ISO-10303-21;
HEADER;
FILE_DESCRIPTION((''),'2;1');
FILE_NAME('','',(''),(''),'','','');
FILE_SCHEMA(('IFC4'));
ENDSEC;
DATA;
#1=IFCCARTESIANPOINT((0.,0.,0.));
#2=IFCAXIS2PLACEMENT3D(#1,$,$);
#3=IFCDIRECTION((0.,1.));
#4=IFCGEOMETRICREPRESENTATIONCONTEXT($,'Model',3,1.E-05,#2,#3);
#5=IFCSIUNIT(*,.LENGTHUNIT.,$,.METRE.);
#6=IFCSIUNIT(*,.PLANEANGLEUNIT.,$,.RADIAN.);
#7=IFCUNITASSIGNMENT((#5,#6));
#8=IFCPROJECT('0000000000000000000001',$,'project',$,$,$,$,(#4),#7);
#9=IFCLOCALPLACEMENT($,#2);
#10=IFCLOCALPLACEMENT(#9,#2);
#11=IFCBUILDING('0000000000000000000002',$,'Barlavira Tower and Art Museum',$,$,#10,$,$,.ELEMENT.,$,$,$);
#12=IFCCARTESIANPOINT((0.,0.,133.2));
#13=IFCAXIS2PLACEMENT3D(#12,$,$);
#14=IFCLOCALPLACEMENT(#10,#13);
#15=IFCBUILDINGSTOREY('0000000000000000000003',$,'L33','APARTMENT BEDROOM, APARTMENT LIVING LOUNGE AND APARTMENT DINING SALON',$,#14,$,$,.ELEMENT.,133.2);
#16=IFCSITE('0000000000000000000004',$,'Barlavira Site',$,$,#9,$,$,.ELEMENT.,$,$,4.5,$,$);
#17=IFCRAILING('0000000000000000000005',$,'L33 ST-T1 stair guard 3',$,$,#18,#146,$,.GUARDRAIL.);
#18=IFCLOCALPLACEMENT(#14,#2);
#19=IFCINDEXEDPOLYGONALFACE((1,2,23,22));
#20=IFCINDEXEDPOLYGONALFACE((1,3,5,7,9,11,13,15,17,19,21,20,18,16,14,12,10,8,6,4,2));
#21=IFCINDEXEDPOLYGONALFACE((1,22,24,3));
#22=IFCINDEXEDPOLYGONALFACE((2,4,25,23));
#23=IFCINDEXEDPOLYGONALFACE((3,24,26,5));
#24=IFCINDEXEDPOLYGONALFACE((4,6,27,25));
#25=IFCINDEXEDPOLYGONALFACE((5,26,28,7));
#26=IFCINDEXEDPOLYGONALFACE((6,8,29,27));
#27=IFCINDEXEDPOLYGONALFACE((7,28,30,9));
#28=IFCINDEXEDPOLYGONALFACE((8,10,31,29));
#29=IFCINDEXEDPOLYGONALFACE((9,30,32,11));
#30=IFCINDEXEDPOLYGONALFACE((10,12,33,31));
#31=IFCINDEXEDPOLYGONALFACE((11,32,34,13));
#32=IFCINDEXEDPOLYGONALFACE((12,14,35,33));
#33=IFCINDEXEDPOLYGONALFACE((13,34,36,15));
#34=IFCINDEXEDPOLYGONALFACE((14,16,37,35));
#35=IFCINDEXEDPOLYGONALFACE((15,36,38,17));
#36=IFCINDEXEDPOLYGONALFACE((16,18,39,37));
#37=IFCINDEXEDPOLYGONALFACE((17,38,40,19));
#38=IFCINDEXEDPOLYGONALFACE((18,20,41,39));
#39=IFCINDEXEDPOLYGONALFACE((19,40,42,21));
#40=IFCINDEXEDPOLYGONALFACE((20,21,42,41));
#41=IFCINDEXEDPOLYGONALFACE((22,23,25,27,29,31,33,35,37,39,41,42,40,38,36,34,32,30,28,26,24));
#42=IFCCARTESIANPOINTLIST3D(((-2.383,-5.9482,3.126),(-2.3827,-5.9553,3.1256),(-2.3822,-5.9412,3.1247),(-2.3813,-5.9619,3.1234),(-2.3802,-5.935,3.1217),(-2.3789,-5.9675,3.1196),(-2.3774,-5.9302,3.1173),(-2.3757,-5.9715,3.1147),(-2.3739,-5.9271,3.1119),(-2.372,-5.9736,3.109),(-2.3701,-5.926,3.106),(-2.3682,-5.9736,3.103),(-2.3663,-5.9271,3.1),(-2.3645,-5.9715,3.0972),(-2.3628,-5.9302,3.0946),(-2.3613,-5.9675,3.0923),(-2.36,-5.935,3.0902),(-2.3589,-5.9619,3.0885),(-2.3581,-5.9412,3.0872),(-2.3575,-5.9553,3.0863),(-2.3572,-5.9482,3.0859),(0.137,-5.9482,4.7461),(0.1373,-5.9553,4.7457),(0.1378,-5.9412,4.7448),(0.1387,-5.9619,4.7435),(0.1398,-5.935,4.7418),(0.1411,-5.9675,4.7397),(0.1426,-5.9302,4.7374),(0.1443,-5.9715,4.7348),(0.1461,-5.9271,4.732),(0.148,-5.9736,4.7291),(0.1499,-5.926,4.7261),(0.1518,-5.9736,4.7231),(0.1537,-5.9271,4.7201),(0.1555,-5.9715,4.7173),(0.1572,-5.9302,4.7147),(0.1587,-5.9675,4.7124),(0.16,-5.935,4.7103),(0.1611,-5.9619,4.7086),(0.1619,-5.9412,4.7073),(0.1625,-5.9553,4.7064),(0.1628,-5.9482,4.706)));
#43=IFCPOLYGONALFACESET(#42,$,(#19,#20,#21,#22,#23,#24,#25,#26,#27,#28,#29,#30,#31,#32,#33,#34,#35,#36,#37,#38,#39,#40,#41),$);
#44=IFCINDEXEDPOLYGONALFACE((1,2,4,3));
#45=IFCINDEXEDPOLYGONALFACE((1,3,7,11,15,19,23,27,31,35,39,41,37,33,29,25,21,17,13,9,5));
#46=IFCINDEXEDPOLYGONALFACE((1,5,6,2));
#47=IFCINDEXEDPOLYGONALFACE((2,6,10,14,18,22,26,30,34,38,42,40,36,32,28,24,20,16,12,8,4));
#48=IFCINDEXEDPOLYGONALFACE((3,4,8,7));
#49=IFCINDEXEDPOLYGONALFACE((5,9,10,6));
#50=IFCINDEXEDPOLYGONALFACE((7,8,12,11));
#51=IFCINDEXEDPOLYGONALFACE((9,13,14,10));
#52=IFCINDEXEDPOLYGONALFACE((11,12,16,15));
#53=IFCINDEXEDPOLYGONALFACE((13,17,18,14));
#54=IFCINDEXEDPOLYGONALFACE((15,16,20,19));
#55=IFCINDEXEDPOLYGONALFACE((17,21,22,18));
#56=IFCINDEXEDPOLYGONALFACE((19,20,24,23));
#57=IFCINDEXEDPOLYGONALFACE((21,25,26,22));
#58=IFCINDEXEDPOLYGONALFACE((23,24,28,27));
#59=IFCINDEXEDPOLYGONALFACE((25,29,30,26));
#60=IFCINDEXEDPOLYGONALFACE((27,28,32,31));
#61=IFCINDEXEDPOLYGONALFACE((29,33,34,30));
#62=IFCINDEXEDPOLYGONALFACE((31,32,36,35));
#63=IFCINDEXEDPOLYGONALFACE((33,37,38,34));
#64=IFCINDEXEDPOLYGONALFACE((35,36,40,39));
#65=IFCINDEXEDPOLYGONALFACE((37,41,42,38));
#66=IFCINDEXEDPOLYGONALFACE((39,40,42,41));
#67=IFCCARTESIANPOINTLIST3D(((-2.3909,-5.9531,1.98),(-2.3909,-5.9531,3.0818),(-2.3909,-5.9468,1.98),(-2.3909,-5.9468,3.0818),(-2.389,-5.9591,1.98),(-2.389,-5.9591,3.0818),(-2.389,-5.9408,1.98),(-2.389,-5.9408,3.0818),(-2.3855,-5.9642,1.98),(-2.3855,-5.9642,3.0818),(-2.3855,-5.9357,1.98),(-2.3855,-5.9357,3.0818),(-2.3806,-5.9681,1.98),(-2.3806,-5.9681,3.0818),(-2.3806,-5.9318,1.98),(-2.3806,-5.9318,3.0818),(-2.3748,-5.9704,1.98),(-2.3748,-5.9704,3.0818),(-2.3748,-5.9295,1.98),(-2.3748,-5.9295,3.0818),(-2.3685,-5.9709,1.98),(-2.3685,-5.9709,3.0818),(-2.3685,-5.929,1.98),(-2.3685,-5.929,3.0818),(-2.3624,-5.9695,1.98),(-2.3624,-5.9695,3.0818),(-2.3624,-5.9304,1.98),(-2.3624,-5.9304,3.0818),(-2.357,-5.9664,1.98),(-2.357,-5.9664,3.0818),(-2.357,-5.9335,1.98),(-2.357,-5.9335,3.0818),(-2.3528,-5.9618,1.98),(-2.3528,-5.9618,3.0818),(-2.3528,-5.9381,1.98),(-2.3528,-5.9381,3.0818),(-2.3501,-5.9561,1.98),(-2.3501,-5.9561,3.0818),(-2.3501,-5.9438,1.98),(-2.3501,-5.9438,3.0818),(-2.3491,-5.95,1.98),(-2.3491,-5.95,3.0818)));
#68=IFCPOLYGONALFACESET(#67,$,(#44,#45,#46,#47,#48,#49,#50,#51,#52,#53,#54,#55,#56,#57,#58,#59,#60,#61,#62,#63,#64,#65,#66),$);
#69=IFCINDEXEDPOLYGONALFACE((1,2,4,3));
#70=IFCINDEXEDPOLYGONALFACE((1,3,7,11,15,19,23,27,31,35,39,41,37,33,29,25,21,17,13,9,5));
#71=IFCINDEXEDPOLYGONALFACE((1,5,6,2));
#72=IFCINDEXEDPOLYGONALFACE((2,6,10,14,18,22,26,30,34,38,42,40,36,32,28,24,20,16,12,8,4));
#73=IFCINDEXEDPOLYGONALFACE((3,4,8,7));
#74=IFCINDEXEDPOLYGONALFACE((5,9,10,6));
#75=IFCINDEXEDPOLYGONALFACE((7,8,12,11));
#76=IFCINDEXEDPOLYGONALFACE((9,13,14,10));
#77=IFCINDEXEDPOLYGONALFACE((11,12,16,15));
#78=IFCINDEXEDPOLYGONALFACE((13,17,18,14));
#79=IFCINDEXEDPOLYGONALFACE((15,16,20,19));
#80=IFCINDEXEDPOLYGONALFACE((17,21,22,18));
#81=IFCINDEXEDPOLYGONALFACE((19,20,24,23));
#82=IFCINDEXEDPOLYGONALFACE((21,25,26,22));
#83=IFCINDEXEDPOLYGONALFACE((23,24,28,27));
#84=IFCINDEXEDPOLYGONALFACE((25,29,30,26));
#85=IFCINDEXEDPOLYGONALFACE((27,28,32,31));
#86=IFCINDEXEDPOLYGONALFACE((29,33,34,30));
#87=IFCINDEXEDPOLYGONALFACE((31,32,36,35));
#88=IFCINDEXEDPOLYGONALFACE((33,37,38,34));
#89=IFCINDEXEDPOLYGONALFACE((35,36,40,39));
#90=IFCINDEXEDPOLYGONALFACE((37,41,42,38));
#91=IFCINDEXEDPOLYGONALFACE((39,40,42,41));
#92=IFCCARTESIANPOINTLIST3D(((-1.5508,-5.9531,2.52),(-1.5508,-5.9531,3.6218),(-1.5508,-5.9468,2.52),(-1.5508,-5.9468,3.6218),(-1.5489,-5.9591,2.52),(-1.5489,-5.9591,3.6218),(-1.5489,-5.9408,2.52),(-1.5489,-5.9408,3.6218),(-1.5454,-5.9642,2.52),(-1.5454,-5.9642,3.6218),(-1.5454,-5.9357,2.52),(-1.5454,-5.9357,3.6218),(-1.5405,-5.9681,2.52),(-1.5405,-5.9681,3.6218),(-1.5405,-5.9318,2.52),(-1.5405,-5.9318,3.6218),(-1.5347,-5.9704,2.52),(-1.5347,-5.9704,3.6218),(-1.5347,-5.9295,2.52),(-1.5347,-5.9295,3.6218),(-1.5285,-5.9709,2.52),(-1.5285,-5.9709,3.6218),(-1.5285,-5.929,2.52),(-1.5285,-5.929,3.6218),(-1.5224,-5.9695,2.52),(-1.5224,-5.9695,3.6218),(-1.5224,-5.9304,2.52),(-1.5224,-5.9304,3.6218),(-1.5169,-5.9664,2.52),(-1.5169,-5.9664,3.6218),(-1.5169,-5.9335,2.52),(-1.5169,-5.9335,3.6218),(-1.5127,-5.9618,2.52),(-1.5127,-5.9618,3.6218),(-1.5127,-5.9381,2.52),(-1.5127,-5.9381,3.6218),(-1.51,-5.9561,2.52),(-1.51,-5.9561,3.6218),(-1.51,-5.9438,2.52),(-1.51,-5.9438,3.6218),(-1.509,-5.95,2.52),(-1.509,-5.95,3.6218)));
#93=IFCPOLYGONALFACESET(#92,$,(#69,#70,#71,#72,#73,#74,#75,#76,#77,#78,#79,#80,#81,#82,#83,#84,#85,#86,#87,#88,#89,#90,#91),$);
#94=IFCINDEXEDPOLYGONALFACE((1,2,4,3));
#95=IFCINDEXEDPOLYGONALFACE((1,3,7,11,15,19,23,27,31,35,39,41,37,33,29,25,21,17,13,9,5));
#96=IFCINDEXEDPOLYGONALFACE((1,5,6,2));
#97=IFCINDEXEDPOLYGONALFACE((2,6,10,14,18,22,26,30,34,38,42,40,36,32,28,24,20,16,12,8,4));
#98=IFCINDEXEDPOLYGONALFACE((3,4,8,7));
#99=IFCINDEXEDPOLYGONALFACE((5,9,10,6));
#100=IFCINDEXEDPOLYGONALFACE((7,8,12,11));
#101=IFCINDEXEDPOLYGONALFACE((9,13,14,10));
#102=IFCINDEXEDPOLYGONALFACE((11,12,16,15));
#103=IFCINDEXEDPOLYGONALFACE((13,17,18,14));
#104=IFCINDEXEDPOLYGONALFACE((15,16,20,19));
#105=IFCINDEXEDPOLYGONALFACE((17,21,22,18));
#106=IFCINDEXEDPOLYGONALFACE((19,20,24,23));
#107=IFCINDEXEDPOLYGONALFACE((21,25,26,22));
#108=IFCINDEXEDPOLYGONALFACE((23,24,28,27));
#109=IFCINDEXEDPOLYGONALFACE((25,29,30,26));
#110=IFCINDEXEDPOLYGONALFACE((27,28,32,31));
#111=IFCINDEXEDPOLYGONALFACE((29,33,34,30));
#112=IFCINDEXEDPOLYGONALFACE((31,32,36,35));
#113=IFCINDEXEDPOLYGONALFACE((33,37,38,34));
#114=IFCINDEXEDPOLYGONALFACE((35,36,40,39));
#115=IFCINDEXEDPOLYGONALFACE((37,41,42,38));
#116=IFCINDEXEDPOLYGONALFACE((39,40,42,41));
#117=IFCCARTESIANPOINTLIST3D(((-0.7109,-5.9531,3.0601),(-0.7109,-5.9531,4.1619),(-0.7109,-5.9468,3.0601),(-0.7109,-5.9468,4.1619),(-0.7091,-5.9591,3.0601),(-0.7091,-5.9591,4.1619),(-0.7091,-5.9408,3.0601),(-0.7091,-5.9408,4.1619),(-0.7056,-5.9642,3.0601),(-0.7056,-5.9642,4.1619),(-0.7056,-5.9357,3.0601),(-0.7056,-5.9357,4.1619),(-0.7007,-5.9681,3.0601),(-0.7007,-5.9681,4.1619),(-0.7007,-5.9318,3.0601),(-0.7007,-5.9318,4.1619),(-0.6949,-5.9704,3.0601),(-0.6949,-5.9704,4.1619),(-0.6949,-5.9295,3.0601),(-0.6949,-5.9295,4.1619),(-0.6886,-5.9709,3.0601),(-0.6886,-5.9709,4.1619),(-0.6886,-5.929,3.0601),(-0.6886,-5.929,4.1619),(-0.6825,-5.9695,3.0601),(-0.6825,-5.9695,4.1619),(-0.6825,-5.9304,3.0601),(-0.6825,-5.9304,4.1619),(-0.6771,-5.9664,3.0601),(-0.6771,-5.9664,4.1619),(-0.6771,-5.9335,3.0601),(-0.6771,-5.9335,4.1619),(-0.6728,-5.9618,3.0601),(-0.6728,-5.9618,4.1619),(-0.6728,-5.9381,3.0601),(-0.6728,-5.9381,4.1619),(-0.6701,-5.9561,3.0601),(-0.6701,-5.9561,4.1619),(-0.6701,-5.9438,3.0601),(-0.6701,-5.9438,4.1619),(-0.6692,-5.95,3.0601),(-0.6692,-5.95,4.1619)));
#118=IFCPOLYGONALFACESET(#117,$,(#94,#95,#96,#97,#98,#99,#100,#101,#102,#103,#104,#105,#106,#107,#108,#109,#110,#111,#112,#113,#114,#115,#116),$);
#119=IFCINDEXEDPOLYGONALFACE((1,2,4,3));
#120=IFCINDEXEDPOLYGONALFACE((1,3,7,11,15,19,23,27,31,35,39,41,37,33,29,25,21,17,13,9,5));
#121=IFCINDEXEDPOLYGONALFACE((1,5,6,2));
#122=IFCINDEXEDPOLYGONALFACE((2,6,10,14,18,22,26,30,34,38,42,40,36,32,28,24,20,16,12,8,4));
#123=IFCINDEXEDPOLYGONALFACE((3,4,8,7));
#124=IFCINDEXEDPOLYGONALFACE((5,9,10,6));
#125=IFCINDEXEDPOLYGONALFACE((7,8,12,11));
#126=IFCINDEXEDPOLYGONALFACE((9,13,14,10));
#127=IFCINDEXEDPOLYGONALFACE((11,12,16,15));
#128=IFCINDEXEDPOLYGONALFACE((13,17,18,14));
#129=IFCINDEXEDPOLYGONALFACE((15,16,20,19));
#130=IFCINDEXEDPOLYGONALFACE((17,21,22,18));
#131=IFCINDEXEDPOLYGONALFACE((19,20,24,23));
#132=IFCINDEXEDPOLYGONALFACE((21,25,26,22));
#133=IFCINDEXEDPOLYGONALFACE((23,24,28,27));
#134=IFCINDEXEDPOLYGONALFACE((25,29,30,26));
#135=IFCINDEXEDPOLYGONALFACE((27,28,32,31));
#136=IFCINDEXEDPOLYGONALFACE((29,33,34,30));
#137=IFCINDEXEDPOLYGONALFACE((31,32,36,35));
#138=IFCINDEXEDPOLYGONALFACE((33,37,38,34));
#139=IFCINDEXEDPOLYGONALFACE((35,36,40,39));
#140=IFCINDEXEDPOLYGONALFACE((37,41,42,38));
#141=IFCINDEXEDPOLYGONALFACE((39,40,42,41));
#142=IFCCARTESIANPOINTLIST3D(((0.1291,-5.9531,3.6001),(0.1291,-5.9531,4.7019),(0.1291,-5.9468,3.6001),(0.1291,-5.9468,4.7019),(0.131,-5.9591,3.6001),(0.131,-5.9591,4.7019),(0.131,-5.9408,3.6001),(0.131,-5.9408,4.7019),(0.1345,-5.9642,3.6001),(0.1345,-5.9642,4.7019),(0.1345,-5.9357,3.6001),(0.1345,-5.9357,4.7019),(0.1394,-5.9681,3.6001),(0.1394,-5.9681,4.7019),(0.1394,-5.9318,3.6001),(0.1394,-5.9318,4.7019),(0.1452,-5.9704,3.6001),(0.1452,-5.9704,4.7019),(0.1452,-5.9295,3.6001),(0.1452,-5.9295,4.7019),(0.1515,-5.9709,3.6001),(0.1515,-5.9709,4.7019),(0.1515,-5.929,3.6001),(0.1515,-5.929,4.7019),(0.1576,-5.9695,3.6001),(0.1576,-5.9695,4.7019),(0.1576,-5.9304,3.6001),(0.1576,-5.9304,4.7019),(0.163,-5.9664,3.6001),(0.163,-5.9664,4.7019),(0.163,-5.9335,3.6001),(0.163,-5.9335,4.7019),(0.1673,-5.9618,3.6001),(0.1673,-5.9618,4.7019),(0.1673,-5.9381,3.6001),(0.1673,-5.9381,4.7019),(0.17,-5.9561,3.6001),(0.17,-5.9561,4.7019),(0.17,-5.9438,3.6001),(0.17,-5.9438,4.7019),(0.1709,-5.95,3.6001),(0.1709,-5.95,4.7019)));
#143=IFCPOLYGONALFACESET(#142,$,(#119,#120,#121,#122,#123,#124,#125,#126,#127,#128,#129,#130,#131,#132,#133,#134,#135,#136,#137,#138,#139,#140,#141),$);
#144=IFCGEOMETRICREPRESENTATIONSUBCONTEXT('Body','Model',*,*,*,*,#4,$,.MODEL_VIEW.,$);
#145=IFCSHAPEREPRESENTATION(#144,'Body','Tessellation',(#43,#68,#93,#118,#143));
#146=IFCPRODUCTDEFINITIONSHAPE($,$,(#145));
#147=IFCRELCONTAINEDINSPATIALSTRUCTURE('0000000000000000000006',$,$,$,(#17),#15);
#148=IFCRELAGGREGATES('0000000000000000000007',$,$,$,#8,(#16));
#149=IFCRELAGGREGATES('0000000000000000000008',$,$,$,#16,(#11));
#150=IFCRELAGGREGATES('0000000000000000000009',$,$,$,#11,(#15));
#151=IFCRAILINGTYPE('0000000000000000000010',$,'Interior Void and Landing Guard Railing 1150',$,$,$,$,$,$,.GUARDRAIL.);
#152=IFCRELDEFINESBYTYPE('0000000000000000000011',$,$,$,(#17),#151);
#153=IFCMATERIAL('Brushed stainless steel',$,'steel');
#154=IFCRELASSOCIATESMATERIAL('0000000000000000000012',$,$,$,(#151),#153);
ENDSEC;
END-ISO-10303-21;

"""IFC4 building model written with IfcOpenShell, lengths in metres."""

from ifc_helpers import new_model, si_unit, direction, frame, origin, origin_2d, place, context, subcontext, project, spatial, circle, extrude, material, type_object, element, save


model = new_model("IFC4")

# Units and contexts
model_context = context("Model", 3, precision=1e-05, world=origin(), true_north=direction((0.0, 1.0)))
body_context = subcontext(model_context, "Body", "Model", "MODEL_VIEW")
ifc_project = project(units=[si_unit("LENGTHUNIT", "METRE"), si_unit("PLANEANGLEUNIT", "RADIAN")], contexts=[model_context])

# Site, building, storey
site_placement = place(None, origin())
site = spatial("IfcSite", under=ifc_project, at=site_placement, Name="Barlavira Site", CompositionType="ELEMENT", RefElevation=4.5)
building_placement = place(site_placement, origin())
building = spatial("IfcBuilding", under=site, at=building_placement, Name="Barlavira Tower and Art Museum", CompositionType="ELEMENT")
storey_placement = place(building_placement, frame((0.0, 0.0, 133.2)))
storey = spatial("IfcBuildingStorey", under=building, at=storey_placement, Name="L33", Description="APARTMENT BEDROOM, APARTMENT LIVING LOUNGE AND APARTMENT DINING SALON", CompositionType="ELEMENT", Elevation=133.2)

# Shared definitions
ifc_material_1 = material(Name="Brushed stainless steel", Category="steel")

# Railing
railing_type_1 = type_object("IfcRailingType", Name="Interior Void and Landing Guard Railing 1150", PredefinedType="GUARDRAIL", material=ifc_material_1)
railing_1_placement = place(storey_placement, frame((-2.3701, -5.95, 1.98)))
element("IfcRailing", 1, at=railing_1_placement, inside=storey, type_object=railing_type_1, Name="L33 ST-T1 stair guard 3", PredefinedType="GUARDRAIL", context=body_context, shape_type="SweptSolid", body=[
    extrude(circle(Radius=0.0239, at=origin_2d()), frame((0.0, 0.0, 1.126), z_axis=(0.841163, 0.0, 0.540782), x_axis=(0.0, 1.0, 0.0)), (0.0, 0.0, 1.0), 2.9958),
    extrude(circle(Radius=0.021, at=origin_2d()), origin(), (0.0, 0.0, 1.0), 1.1018),
    extrude(circle(Radius=0.021, at=origin_2d()), frame((0.8401, 0.0, 0.54)), (0.0, 0.0, 1.0), 1.1018),
    extrude(circle(Radius=0.021, at=origin_2d()), frame((1.6799, 0.0, 1.0801)), (0.0, 0.0, 1.0), 1.1018),
    extrude(circle(Radius=0.021, at=origin_2d()), frame((2.52, 0.0, 1.6201)), (0.0, 0.0, 1.0), 1.1018),
])

save(model, "model.ifc")
